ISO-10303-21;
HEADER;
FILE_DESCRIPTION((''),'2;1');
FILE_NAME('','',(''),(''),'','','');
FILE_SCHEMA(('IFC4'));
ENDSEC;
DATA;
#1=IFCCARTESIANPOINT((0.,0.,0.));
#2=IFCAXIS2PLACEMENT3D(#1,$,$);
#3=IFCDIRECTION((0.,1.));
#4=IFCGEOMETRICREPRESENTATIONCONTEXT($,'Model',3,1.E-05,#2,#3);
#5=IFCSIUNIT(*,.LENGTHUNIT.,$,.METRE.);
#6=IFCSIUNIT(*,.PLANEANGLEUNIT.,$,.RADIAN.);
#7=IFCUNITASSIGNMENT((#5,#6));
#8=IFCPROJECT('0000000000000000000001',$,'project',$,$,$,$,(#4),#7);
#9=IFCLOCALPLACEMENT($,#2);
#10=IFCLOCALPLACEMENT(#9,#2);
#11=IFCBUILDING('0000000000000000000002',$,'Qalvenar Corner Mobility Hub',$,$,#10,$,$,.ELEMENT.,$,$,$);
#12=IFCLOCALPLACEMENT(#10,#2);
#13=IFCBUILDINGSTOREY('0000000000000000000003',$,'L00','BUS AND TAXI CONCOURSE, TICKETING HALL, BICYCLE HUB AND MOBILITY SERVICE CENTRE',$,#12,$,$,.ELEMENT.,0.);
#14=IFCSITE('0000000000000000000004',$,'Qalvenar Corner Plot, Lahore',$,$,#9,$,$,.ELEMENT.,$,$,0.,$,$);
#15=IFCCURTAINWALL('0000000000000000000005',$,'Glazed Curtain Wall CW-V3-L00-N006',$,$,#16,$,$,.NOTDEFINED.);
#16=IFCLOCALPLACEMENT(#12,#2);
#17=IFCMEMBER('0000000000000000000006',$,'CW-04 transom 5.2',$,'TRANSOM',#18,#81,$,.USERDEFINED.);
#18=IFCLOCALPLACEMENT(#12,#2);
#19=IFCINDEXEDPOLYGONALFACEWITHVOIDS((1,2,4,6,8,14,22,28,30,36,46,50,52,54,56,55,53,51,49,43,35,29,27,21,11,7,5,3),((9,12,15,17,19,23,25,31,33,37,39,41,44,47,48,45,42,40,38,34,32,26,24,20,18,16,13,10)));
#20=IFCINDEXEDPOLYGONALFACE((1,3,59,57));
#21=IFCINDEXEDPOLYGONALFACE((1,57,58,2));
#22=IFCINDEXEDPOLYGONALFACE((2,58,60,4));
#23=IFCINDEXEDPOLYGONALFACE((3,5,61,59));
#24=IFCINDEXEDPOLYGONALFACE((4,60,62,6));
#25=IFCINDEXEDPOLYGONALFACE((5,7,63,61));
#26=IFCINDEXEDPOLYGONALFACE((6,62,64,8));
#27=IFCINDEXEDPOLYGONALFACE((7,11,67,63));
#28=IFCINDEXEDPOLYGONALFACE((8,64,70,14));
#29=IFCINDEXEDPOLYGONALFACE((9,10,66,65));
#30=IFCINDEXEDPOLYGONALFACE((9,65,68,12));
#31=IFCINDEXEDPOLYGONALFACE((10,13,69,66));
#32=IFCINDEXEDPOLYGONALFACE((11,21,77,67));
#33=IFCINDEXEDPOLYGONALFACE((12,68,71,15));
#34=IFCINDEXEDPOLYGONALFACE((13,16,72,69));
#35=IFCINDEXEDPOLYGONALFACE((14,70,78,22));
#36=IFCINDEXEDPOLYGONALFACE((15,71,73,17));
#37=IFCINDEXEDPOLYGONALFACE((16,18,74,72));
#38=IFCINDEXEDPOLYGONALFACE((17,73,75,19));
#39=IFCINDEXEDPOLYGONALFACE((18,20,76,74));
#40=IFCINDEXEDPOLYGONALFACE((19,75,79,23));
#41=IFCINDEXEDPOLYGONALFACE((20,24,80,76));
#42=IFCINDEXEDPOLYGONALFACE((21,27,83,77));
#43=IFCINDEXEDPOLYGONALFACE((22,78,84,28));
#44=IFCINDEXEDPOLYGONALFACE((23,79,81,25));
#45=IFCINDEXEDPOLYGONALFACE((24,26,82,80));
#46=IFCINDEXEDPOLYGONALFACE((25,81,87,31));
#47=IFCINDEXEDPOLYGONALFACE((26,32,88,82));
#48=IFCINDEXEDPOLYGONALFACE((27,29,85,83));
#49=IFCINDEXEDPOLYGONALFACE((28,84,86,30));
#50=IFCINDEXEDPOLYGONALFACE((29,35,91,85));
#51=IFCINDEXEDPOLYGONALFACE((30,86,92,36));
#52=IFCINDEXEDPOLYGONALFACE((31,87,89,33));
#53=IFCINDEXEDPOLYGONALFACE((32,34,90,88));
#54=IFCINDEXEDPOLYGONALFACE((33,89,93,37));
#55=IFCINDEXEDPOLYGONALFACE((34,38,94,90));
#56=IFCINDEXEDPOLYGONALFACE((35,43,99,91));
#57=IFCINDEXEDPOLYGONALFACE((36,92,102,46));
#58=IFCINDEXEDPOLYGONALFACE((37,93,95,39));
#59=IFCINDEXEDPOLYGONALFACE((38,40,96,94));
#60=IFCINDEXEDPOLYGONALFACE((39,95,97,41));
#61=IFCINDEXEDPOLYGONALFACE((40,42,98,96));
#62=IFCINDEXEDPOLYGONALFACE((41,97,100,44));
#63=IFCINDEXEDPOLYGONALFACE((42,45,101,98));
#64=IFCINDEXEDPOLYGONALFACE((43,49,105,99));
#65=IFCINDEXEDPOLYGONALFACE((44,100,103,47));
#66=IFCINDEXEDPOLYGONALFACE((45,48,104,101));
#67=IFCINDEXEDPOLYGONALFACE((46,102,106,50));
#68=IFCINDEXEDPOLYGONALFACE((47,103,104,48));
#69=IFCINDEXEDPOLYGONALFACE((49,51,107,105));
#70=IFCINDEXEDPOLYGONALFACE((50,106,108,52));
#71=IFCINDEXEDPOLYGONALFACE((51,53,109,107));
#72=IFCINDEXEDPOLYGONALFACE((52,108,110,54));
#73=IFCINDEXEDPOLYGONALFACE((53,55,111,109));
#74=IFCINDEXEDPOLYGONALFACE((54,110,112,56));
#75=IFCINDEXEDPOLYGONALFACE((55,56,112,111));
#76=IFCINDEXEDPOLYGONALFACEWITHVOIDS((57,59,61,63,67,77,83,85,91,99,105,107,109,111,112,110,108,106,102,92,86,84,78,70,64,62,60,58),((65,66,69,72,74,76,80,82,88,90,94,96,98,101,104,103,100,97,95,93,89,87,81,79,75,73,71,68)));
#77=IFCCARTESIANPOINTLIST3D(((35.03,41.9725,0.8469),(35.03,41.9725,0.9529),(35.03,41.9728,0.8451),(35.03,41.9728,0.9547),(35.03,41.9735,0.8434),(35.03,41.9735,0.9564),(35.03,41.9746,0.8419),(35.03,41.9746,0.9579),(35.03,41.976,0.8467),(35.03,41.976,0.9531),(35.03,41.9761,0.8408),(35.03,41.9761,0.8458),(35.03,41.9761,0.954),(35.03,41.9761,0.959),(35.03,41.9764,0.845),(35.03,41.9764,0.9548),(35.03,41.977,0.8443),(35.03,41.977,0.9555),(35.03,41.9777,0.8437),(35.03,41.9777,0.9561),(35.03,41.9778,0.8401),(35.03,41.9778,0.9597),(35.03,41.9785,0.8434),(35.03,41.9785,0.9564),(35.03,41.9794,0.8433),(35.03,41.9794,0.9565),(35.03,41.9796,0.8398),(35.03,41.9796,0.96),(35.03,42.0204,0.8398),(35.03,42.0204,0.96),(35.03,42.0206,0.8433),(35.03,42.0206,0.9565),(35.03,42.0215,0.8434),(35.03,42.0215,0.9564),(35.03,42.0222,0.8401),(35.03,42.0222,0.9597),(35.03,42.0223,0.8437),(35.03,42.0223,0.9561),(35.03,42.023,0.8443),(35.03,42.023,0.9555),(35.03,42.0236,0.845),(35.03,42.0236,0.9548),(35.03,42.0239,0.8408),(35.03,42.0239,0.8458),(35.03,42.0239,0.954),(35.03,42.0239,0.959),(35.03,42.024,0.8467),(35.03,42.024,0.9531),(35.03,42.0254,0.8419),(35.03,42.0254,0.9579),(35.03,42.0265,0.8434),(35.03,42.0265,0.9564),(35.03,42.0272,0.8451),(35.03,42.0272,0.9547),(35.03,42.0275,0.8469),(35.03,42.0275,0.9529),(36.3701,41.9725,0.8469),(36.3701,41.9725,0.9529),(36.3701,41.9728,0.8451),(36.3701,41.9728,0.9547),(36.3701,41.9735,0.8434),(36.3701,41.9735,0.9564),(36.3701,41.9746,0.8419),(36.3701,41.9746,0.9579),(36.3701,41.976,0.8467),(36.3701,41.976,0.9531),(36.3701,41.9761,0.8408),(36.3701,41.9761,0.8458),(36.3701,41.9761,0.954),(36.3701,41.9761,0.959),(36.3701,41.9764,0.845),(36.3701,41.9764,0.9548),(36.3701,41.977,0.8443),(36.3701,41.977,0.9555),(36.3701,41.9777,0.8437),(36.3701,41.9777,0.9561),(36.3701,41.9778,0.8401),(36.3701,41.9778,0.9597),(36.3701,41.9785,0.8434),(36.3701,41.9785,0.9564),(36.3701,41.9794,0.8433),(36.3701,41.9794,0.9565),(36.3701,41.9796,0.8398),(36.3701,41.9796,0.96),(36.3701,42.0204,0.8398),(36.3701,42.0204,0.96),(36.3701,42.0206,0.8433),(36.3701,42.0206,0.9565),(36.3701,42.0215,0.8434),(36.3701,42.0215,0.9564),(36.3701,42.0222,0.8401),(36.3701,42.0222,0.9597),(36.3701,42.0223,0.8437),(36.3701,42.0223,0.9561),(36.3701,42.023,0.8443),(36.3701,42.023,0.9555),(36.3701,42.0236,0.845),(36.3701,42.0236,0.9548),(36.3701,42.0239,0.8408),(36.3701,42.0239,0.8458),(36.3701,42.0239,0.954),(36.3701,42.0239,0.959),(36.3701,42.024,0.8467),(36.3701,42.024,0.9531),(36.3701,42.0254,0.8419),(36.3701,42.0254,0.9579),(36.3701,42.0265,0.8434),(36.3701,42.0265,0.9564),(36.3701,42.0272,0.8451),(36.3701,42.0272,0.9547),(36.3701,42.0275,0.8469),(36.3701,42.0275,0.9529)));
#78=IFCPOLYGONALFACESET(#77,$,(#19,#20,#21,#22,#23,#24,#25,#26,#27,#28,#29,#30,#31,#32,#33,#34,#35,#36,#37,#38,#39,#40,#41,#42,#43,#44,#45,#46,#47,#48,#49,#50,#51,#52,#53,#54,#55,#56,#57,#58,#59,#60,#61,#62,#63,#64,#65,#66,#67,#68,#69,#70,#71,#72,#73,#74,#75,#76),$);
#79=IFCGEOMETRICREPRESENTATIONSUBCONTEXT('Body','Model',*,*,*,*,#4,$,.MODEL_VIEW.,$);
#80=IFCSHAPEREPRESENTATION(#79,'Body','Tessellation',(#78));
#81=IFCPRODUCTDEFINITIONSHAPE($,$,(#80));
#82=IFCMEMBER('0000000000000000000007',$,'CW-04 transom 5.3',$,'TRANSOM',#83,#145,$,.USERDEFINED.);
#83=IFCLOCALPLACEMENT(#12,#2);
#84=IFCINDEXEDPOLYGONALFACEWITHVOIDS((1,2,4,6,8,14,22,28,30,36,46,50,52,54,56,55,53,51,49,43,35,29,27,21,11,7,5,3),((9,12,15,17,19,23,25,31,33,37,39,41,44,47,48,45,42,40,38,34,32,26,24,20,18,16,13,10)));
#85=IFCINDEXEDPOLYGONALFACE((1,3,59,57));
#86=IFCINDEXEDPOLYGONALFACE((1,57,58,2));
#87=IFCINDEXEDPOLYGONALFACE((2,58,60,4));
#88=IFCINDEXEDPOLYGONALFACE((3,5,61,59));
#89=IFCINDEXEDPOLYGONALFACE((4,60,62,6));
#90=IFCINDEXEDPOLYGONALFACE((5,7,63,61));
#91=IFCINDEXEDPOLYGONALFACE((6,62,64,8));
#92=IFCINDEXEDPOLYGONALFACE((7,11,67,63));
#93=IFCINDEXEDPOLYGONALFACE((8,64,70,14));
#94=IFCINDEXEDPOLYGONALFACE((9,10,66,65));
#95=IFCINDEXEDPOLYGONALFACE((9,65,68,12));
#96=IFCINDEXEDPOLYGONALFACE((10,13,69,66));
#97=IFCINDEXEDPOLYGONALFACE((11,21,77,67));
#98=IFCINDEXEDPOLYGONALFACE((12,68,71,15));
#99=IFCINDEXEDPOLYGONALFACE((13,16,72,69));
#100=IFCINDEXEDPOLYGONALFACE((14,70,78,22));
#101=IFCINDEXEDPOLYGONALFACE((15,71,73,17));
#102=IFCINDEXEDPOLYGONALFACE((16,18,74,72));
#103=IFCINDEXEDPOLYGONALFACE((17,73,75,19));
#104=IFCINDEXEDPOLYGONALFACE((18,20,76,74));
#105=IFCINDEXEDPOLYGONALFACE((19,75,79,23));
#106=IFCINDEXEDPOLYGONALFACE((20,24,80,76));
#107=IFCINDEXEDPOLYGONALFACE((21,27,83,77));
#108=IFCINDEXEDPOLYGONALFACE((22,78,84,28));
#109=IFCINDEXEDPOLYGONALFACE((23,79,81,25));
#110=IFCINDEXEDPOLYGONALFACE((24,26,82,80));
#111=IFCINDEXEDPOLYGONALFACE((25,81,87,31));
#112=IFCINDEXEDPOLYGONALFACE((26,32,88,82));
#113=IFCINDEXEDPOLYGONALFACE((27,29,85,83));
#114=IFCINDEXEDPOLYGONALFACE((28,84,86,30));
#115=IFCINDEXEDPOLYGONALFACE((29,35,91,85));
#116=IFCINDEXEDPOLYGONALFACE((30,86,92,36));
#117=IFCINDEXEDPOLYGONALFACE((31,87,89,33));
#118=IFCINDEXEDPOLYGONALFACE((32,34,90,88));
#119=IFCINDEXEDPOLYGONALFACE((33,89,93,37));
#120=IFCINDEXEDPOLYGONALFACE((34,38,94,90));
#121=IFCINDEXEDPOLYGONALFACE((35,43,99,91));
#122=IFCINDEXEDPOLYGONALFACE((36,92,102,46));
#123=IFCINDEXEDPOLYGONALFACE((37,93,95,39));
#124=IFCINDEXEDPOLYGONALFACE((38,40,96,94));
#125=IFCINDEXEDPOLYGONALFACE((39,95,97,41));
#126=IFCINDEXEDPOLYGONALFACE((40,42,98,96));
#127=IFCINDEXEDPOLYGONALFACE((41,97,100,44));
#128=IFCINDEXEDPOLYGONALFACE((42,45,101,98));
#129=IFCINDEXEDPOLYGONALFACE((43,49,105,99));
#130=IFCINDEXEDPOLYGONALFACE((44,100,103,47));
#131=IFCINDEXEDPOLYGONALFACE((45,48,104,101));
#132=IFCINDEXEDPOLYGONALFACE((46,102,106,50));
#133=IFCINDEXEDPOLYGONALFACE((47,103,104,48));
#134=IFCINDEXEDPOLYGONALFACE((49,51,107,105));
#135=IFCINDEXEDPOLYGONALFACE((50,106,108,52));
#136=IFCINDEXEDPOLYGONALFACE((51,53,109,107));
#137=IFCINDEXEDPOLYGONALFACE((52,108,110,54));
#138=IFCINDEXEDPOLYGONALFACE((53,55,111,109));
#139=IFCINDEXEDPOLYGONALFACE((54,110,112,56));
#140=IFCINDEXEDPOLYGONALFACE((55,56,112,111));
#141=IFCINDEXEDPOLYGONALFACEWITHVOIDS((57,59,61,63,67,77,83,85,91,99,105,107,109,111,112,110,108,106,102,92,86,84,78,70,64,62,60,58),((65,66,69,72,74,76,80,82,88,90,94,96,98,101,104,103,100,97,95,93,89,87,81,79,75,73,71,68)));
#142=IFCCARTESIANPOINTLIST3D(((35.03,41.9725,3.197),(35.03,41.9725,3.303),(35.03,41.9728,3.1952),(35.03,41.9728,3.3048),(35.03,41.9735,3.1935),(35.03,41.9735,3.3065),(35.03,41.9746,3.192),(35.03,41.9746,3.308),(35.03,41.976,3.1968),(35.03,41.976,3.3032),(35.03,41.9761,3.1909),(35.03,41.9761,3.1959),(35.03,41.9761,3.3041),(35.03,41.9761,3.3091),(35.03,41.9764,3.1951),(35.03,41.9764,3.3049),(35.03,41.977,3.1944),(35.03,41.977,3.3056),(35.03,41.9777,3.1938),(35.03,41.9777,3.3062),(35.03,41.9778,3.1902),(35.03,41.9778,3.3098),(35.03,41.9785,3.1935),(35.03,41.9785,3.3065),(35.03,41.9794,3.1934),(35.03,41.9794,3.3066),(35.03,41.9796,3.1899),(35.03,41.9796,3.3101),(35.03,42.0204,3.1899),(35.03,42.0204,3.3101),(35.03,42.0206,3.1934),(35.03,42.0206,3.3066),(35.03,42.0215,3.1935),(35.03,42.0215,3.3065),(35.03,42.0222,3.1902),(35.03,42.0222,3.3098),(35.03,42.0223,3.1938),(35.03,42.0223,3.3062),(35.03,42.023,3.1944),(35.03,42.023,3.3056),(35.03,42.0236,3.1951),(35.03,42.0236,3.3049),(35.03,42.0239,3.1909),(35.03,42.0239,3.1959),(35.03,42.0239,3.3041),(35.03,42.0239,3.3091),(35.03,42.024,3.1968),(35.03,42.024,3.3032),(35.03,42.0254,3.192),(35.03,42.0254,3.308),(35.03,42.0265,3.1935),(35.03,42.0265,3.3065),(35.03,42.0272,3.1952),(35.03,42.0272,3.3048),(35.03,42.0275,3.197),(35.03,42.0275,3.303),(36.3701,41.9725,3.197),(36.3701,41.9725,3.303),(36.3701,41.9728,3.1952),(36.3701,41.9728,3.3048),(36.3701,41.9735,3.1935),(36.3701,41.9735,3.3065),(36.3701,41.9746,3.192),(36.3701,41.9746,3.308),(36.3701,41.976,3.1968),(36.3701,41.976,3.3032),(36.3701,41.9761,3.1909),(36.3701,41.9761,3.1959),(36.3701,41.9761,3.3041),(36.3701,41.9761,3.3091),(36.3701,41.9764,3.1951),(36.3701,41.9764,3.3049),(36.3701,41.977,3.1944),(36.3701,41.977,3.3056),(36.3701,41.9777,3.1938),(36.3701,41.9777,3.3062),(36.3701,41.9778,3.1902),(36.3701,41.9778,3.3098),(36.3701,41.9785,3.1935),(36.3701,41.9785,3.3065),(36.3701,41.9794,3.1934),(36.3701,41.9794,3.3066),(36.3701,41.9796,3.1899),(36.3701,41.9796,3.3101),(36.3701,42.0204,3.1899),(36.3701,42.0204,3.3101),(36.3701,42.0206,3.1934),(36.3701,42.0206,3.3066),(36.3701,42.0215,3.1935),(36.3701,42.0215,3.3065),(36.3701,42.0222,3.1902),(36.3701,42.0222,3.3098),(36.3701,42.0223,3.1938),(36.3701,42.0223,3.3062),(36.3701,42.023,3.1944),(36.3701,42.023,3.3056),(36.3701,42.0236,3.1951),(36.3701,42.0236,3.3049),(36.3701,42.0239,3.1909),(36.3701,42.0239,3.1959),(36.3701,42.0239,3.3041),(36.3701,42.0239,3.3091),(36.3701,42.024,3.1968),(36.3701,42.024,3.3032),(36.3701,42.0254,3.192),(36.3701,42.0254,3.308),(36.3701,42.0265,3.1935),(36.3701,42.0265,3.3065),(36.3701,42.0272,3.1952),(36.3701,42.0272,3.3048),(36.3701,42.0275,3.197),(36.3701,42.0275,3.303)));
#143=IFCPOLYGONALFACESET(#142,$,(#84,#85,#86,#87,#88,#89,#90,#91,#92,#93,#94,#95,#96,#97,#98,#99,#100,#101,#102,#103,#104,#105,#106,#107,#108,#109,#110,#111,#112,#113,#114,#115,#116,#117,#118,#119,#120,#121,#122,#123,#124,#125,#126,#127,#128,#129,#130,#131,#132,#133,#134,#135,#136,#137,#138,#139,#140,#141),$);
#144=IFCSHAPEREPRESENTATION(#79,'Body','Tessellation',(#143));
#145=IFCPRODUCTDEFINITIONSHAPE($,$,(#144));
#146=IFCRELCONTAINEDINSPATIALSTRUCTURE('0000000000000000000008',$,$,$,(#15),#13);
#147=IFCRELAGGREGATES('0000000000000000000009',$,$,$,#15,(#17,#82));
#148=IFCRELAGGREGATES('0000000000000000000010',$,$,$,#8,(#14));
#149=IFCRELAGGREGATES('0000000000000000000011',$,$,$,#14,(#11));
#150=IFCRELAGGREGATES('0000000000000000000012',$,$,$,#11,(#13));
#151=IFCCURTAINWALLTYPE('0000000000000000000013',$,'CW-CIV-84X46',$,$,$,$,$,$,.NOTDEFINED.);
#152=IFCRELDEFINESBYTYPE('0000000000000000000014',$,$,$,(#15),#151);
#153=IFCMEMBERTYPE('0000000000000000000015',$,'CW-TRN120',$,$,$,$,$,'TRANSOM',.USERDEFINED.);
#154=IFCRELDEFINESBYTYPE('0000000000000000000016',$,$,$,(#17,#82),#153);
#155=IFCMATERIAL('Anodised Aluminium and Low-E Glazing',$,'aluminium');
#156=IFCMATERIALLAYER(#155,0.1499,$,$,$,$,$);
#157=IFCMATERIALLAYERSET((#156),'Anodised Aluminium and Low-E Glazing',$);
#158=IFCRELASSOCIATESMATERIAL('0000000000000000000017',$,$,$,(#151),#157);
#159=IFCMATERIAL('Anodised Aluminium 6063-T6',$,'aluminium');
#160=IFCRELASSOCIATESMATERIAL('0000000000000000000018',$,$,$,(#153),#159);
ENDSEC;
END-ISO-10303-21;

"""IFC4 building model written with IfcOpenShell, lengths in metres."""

from ifc_helpers import new_model, si_unit, direction, frame, origin, origin_2d, place, context, subcontext, project, spatial, hollow_rectangle, extrude, material, layer, layer_set, material_profile, profile_set, type_object, element, aggregate, save


model = new_model("IFC4")

# Units and contexts
model_context = context("Model", 3, precision=1e-05, world=origin(), true_north=direction((0.0, 1.0)))
body_context = subcontext(model_context, "Body", "Model", "MODEL_VIEW")
ifc_project = project(units=[si_unit("LENGTHUNIT", "METRE"), si_unit("PLANEANGLEUNIT", "RADIAN")], contexts=[model_context])

# Site, building, storey
site_placement = place(None, origin())
site = spatial("IfcSite", under=ifc_project, at=site_placement, Name="Qalvenar Corner Plot, Lahore", CompositionType="ELEMENT", RefElevation=0.0)
building_placement = place(site_placement, origin())
building = spatial("IfcBuilding", under=site, at=building_placement, Name="Qalvenar Corner Mobility Hub", CompositionType="ELEMENT")
storey_placement = place(building_placement, origin())
storey = spatial("IfcBuildingStorey", under=building, at=storey_placement, Name="L00", Description="BUS AND TAXI CONCOURSE, TICKETING HALL, BICYCLE HUB AND MOBILITY SERVICE CENTRE", CompositionType="ELEMENT", Elevation=0.0)

# Curtain wall, members
ifc_material_1 = material(Name="Anodised Aluminium and Low-E Glazing", Category="aluminium")
ifc_layer_1 = layer(ifc_material_1, 0.1499)
ifc_layer_set_1 = layer_set([ifc_layer_1], Name="Anodised Aluminium and Low-E Glazing")
curtain_wall_type = type_object("IfcCurtainWallType", Name="CW-CIV-84X46", PredefinedType="NOTDEFINED", material=ifc_layer_set_1)
curtain_wall_placement = place(storey_placement, origin())
curtain_wall = element("IfcCurtainWall", 1, at=curtain_wall_placement, inside=storey, type_object=curtain_wall_type, Name="Glazed Curtain Wall CW-V3-L00-N006", PredefinedType="NOTDEFINED")
ifc_material_2 = material(Name="Anodised Aluminium 6063-T6", Category="aluminium")
ifc_material_profile_1 = material_profile(ifc_material_2, hollow_rectangle(XDim=0.0549, YDim=0.1201, WallThickness=0.0034, InnerFilletRadius=0.0034, OuterFilletRadius=0.0071, at=origin_2d()), Name="RHS120x55x3.5")
ifc_profile_set_1 = profile_set([ifc_material_profile_1], Name="Anodised Aluminium 6063-T6")
member_type_1 = type_object("IfcMemberType", Name="CW-TRN120", ElementType="TRANSOM", PredefinedType="USERDEFINED", material=ifc_profile_set_1)
member_1_placement = place(storey_placement, frame((36.3701, 42.0, 0.8999), z_axis=(-1.0, 0.0, 0.0), x_axis=(0.0, -1.0, 0.0)))
member_1 = element("IfcMember", 2, at=member_1_placement, type_object=member_type_1, Name="CW-04 transom 5.2", ObjectType="TRANSOM", PredefinedType="USERDEFINED", context=body_context, shape_type="SweptSolid", body=[
    extrude(hollow_rectangle(XDim=0.0549, YDim=0.1201, WallThickness=0.0034, InnerFilletRadius=0.0034, OuterFilletRadius=0.0071, at=origin_2d()), origin(), (0.0, 0.0, 1.0), 1.3401),
])
member_2_placement = place(storey_placement, frame((36.3701, 42.0, 3.25), z_axis=(-1.0, 0.0, 0.0), x_axis=(0.0, -1.0, 0.0)))
member_2 = element("IfcMember", 3, at=member_2_placement, type_object=member_type_1, Name="CW-04 transom 5.3", ObjectType="TRANSOM", PredefinedType="USERDEFINED", context=body_context, shape_type="SweptSolid", body=[
    extrude(hollow_rectangle(XDim=0.0549, YDim=0.1201, WallThickness=0.0034, InnerFilletRadius=0.0034, OuterFilletRadius=0.0071, at=origin_2d()), origin(), (0.0, 0.0, 1.0), 1.3401),
])
aggregate(curtain_wall, [member_1, member_2])

save(model, "model.ifc")
